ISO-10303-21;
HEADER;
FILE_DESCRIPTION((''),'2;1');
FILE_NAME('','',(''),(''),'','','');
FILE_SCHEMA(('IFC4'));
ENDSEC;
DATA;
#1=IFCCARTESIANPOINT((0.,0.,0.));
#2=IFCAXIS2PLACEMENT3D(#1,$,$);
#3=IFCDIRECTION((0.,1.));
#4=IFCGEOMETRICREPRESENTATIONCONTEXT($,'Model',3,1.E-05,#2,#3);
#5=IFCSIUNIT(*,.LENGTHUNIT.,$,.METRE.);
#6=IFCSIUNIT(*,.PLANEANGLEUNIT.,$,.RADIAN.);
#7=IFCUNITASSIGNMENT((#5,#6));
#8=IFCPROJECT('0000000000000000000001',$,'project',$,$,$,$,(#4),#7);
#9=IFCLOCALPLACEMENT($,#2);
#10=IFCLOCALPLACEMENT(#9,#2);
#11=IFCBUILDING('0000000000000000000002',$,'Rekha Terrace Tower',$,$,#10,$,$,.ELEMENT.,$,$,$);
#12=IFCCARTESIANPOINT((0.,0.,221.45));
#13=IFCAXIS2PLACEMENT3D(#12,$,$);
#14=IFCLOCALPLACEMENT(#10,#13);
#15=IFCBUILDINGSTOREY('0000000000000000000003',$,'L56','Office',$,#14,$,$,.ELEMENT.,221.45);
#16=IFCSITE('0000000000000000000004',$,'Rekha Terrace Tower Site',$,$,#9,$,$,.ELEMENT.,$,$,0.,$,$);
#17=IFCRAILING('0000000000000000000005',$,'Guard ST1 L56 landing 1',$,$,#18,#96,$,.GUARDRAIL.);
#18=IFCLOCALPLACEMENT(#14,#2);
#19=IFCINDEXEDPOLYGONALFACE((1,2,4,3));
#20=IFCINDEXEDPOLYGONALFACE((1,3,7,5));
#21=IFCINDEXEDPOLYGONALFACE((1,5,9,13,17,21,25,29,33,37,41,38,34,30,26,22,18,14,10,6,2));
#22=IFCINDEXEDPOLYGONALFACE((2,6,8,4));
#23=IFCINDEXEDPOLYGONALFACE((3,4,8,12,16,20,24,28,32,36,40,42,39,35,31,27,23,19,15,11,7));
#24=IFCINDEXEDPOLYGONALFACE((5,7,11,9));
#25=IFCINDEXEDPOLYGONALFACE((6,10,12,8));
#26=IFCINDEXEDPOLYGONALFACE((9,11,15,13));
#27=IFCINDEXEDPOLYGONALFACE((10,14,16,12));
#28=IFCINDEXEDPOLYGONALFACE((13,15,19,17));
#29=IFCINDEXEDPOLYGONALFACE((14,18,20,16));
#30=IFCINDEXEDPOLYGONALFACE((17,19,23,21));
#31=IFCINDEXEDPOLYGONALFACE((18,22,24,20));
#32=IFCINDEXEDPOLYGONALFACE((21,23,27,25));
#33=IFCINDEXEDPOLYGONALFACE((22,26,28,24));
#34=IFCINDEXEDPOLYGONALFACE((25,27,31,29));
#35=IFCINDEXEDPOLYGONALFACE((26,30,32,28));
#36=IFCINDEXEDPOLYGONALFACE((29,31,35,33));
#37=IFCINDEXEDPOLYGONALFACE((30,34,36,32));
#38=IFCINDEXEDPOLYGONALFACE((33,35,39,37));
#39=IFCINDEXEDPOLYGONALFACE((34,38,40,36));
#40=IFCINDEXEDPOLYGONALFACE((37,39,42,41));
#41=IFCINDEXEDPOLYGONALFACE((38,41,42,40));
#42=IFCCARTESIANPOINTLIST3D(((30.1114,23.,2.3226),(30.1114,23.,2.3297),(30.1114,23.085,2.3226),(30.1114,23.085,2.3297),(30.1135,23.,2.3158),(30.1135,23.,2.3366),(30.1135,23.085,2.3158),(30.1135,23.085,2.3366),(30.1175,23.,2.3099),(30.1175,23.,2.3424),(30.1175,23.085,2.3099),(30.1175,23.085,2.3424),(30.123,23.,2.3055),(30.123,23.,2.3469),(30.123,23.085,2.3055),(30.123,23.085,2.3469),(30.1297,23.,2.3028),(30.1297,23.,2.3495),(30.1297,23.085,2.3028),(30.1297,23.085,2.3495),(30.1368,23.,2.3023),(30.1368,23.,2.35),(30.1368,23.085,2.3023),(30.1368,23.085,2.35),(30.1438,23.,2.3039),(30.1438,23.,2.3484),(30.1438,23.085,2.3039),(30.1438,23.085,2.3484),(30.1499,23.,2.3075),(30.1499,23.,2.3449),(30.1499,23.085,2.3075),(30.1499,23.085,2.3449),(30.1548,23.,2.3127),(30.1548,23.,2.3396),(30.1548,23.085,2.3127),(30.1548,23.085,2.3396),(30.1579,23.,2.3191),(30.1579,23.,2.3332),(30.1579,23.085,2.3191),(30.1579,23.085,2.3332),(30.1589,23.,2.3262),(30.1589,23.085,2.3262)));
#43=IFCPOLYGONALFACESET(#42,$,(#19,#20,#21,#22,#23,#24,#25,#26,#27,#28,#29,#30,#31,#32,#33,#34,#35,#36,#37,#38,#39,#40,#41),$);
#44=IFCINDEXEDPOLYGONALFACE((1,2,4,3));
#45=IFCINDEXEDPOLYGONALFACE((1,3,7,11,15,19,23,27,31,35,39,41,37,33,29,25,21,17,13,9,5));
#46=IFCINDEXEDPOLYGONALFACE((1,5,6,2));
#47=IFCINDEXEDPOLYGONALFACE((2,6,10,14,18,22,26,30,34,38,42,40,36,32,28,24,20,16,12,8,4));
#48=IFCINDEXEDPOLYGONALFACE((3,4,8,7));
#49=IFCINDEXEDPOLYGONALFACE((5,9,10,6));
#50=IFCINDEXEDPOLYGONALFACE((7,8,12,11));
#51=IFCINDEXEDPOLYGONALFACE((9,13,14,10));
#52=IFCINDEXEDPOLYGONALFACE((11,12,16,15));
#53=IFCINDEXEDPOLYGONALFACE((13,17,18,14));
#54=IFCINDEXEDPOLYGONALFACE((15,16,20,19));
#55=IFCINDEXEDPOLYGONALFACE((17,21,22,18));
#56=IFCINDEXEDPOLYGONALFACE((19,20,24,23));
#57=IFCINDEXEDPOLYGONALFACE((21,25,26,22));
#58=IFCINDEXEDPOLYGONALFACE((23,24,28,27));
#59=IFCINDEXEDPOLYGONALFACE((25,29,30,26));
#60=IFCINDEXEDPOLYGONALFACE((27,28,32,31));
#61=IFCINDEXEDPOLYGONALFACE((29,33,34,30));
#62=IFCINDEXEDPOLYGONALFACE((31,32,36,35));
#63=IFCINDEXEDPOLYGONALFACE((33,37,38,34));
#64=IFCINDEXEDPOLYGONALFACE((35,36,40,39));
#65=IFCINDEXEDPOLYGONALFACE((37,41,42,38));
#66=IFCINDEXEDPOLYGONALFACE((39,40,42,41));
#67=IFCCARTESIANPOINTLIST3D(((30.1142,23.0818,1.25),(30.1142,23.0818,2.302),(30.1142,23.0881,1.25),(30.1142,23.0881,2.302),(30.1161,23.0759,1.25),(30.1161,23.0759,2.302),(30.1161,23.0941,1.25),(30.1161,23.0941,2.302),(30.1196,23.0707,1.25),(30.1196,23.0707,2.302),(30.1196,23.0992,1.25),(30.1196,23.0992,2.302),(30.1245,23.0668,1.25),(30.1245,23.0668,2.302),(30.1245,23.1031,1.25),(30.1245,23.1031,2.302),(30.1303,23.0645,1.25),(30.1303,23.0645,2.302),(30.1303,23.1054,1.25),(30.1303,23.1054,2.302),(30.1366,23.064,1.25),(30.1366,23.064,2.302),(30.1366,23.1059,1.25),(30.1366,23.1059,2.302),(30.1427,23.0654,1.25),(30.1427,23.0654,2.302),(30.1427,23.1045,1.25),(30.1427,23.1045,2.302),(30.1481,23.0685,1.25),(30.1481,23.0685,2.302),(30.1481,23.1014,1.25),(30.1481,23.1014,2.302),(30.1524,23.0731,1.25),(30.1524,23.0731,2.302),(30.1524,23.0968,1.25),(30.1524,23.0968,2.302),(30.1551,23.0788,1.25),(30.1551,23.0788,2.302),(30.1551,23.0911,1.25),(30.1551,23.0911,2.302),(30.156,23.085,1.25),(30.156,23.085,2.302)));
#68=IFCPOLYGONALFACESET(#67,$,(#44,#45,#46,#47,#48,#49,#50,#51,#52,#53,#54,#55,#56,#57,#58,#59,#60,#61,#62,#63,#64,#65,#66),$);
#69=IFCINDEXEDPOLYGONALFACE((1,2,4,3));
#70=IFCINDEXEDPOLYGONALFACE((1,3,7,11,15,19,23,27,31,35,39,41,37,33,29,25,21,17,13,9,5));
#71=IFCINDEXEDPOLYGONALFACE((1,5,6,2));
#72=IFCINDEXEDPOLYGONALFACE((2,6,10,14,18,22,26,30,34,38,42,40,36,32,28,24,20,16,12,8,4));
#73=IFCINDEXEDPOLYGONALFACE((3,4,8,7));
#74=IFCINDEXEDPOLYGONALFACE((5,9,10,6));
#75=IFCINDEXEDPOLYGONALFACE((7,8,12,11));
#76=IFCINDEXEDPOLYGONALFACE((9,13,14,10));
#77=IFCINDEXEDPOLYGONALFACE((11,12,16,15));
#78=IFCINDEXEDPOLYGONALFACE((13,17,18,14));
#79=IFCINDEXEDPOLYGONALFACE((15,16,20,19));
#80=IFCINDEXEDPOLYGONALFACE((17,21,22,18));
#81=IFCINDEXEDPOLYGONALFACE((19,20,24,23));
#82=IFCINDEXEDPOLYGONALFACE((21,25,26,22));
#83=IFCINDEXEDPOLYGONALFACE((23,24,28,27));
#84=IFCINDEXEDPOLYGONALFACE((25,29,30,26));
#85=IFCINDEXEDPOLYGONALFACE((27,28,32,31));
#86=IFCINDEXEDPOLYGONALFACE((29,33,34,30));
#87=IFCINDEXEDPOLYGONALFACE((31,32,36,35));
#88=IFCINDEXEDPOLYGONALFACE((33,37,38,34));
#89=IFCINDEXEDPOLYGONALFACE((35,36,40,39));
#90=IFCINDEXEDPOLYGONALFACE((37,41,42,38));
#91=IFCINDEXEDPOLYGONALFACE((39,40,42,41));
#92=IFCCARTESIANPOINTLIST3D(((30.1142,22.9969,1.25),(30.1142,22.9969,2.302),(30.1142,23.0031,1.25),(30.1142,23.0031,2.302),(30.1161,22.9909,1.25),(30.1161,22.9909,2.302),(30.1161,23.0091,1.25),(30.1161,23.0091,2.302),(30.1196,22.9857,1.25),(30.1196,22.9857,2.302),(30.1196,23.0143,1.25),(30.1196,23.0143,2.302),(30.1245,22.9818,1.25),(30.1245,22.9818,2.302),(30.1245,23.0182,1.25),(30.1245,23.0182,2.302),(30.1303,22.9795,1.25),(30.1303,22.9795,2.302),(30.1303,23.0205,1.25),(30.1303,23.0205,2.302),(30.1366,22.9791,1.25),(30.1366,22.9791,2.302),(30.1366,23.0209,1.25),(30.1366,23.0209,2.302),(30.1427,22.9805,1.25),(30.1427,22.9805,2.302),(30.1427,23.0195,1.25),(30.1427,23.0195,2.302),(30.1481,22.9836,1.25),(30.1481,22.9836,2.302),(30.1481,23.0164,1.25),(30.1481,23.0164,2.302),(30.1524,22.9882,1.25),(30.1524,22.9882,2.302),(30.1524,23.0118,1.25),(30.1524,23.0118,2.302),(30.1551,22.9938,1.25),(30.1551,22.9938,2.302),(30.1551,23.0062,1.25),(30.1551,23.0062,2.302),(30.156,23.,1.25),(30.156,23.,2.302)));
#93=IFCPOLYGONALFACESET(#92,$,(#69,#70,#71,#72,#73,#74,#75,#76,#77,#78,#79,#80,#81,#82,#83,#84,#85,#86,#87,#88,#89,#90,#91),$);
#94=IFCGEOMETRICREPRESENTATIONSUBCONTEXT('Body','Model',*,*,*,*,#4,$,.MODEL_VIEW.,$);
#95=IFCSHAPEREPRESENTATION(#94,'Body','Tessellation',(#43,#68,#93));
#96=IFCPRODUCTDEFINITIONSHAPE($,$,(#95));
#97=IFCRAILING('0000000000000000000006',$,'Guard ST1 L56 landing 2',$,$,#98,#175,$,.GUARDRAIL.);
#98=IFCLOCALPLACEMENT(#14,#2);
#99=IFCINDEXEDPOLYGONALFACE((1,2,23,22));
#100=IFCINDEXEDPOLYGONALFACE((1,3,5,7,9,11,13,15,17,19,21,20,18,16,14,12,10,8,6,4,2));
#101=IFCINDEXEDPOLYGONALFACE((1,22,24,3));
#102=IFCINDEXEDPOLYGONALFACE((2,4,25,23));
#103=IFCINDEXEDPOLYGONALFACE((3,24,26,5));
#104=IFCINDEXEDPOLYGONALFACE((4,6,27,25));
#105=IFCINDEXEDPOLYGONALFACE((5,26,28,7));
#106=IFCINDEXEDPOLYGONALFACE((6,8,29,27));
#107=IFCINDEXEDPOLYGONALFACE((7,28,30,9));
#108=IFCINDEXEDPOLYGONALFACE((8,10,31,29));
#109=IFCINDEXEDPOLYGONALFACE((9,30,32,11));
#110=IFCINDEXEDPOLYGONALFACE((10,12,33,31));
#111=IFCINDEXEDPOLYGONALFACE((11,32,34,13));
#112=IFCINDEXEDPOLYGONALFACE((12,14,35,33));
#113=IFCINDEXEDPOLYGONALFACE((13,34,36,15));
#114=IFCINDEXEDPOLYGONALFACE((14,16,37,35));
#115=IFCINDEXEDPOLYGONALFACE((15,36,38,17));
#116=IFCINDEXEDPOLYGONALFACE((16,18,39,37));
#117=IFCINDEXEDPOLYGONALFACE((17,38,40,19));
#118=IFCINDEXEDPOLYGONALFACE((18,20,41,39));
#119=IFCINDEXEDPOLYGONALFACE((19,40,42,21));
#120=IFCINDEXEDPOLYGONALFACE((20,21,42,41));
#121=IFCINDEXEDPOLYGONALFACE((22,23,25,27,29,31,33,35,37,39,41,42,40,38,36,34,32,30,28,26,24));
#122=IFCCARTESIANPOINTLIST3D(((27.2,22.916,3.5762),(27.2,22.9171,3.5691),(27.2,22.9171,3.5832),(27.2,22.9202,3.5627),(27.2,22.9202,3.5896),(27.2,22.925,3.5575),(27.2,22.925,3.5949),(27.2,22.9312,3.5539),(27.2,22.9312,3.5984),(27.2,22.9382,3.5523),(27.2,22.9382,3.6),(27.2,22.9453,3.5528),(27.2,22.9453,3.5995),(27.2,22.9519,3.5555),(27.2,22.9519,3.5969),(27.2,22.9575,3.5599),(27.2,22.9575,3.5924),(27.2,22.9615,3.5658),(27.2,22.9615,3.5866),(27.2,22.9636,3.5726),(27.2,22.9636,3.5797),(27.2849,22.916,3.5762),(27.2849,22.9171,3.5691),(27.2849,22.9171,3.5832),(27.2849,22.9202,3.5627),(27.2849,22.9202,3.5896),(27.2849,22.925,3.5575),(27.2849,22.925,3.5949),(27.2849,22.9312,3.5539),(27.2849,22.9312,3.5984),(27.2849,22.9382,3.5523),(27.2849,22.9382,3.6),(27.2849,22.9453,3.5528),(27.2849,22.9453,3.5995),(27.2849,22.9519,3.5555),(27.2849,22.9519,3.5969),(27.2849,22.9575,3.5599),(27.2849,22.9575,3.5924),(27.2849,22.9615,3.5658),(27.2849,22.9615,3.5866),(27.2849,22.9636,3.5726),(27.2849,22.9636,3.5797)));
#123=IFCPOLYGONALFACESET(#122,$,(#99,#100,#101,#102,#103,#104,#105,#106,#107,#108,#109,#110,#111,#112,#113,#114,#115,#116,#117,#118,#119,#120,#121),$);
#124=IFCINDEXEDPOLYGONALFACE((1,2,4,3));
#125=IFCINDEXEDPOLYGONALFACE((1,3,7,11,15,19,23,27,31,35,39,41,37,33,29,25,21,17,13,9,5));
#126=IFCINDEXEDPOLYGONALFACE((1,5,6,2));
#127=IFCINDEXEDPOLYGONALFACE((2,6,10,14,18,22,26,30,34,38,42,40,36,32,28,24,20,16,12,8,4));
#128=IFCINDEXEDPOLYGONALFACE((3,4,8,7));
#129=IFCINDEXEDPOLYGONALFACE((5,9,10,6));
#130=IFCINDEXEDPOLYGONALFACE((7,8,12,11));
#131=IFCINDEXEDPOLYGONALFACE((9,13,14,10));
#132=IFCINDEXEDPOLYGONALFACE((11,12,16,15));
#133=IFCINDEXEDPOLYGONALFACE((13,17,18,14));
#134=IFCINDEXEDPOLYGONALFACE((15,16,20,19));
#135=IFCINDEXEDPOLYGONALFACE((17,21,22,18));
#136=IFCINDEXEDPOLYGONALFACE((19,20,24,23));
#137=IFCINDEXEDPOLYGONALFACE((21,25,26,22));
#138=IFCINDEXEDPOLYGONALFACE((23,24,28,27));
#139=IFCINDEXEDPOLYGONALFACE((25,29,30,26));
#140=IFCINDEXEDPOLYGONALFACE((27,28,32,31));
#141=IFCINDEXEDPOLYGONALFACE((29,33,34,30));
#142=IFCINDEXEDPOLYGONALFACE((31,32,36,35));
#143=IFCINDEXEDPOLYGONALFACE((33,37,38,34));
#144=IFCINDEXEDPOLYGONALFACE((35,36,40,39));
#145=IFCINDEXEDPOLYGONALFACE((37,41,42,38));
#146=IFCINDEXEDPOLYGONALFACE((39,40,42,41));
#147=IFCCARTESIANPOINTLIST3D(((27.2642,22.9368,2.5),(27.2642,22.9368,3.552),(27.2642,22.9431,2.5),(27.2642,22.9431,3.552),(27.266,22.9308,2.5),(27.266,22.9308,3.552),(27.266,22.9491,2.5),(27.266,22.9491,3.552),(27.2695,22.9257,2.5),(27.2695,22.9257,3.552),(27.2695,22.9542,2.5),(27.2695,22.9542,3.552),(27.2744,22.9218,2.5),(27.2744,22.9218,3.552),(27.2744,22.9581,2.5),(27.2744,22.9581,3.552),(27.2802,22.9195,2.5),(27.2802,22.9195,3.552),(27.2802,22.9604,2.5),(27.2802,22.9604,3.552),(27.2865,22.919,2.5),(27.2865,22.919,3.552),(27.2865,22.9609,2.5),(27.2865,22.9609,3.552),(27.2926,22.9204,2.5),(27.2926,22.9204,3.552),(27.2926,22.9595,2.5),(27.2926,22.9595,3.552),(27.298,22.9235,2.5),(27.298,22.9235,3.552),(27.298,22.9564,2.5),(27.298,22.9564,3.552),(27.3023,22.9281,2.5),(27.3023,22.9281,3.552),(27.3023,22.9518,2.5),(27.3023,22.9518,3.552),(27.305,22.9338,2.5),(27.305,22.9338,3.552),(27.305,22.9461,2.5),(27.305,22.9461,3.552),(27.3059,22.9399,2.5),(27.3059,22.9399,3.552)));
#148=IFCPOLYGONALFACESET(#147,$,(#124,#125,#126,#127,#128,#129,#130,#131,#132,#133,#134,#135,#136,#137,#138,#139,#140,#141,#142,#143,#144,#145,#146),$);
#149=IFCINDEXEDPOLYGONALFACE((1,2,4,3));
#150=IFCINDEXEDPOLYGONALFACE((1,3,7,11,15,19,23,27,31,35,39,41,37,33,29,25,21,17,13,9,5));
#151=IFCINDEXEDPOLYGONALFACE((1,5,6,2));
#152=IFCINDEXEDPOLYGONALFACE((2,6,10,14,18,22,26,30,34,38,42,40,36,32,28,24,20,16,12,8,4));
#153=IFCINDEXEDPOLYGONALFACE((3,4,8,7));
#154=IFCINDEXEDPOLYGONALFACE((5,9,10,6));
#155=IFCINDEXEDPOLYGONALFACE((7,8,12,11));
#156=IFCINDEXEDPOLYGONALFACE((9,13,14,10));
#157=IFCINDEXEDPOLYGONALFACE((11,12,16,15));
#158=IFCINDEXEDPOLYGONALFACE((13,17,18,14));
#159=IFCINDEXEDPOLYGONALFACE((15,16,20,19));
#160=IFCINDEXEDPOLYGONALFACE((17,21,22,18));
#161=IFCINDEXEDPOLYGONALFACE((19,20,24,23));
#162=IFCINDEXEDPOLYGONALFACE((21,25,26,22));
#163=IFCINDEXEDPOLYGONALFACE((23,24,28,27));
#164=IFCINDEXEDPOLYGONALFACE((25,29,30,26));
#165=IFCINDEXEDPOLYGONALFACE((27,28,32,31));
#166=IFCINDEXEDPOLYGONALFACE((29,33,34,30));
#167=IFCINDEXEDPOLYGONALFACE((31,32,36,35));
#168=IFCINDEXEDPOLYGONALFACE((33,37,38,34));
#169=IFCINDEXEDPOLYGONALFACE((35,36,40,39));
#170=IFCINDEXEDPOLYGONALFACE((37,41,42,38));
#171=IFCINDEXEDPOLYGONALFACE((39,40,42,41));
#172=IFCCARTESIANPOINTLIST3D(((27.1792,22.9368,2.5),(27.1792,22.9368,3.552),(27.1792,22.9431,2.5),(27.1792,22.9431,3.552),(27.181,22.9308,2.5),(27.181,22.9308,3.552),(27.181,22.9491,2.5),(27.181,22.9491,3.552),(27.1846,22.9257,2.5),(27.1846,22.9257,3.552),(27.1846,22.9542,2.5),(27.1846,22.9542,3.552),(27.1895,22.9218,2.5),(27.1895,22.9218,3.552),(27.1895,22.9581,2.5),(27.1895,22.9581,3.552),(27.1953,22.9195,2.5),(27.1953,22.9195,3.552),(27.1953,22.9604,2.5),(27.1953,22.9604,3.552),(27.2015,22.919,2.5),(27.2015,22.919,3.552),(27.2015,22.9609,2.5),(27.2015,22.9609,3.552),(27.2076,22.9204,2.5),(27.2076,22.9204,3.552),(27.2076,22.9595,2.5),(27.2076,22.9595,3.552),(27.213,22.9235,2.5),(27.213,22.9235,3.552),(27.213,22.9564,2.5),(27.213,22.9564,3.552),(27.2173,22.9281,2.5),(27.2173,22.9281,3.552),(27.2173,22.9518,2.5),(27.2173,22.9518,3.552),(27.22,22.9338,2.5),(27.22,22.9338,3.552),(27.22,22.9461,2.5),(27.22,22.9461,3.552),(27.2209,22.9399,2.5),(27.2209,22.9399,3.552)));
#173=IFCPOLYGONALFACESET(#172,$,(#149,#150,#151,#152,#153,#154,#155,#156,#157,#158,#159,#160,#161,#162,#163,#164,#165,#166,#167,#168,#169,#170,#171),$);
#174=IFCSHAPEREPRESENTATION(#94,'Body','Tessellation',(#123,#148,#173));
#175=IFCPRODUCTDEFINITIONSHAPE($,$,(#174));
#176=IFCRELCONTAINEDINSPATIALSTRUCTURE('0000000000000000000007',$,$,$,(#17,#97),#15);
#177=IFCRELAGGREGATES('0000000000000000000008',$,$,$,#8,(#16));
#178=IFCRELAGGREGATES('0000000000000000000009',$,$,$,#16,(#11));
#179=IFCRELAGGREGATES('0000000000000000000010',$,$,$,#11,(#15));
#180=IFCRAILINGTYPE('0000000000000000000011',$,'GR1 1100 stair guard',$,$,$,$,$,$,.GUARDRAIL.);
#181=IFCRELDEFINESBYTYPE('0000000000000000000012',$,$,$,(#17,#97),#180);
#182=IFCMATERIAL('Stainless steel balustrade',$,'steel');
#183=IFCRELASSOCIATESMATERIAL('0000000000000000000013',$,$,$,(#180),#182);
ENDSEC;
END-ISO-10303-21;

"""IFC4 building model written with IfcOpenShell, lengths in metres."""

from ifc_helpers import new_model, si_unit, direction, frame, origin, origin_2d, place, context, subcontext, project, spatial, circle, extrude, material, type_object, element, save


model = new_model("IFC4")

# Units and contexts
model_context = context("Model", 3, precision=1e-05, world=origin(), true_north=direction((0.0, 1.0)))
body_context = subcontext(model_context, "Body", "Model", "MODEL_VIEW")
ifc_project = project(units=[si_unit("LENGTHUNIT", "METRE"), si_unit("PLANEANGLEUNIT", "RADIAN")], contexts=[model_context])

# Site, building, storey
site_placement = place(None, origin())
site = spatial("IfcSite", under=ifc_project, at=site_placement, Name="Rekha Terrace Tower Site", CompositionType="ELEMENT", RefElevation=0.0)
building_placement = place(site_placement, origin())
building = spatial("IfcBuilding", under=site, at=building_placement, Name="Rekha Terrace Tower", CompositionType="ELEMENT")
storey_placement = place(building_placement, frame((0.0, 0.0, 221.45)))
storey = spatial("IfcBuildingStorey", under=building, at=storey_placement, Name="L56", Description="Office", CompositionType="ELEMENT", Elevation=221.45)

# Railings
ifc_material_1 = material(Name="Stainless steel balustrade", Category="steel")
railing_type_1 = type_object("IfcRailingType", Name="GR1 1100 stair guard", PredefinedType="GUARDRAIL", material=ifc_material_1)
railing_1_placement = place(storey_placement, frame((30.135, 23.085, 1.25)))
element("IfcRailing", 1, at=railing_1_placement, inside=storey, type_object=railing_type_1, Name="Guard ST1 L56 landing 1", PredefinedType="GUARDRAIL", context=body_context, shape_type="SweptSolid", body=[
    extrude(circle(Radius=0.0239, at=origin_2d()), frame((0.0, 0.0, 1.0762), z_axis=(0.0, -1.0, 0.0), x_axis=(1.0, 0.0, 0.0)), (0.0, 0.0, 1.0), 0.085),
    extrude(circle(Radius=0.021, at=origin_2d()), origin(), (0.0, 0.0, 1.0), 1.052),
    extrude(circle(Radius=0.021, at=origin_2d()), frame((0.0, -0.085, 0.0)), (0.0, 0.0, 1.0), 1.052),
])
railing_2_placement = place(storey_placement, frame((27.2849, 22.9399, 2.5)))
element("IfcRailing", 2, at=railing_2_placement, inside=storey, type_object=railing_type_1, Name="Guard ST1 L56 landing 2", PredefinedType="GUARDRAIL", context=body_context, shape_type="SweptSolid", body=[
    extrude(circle(Radius=0.0239, at=origin_2d()), frame((0.0, 0.0, 1.0762), z_axis=(-1.0, 0.0, 0.0), x_axis=(0.0, -1.0, 0.0)), (0.0, 0.0, 1.0), 0.085),
    extrude(circle(Radius=0.021, at=origin_2d()), origin(), (0.0, 0.0, 1.0), 1.052),
    extrude(circle(Radius=0.021, at=origin_2d()), frame((-0.085, 0.0, 0.0)), (0.0, 0.0, 1.0), 1.052),
])

save(model, "model.ifc")
